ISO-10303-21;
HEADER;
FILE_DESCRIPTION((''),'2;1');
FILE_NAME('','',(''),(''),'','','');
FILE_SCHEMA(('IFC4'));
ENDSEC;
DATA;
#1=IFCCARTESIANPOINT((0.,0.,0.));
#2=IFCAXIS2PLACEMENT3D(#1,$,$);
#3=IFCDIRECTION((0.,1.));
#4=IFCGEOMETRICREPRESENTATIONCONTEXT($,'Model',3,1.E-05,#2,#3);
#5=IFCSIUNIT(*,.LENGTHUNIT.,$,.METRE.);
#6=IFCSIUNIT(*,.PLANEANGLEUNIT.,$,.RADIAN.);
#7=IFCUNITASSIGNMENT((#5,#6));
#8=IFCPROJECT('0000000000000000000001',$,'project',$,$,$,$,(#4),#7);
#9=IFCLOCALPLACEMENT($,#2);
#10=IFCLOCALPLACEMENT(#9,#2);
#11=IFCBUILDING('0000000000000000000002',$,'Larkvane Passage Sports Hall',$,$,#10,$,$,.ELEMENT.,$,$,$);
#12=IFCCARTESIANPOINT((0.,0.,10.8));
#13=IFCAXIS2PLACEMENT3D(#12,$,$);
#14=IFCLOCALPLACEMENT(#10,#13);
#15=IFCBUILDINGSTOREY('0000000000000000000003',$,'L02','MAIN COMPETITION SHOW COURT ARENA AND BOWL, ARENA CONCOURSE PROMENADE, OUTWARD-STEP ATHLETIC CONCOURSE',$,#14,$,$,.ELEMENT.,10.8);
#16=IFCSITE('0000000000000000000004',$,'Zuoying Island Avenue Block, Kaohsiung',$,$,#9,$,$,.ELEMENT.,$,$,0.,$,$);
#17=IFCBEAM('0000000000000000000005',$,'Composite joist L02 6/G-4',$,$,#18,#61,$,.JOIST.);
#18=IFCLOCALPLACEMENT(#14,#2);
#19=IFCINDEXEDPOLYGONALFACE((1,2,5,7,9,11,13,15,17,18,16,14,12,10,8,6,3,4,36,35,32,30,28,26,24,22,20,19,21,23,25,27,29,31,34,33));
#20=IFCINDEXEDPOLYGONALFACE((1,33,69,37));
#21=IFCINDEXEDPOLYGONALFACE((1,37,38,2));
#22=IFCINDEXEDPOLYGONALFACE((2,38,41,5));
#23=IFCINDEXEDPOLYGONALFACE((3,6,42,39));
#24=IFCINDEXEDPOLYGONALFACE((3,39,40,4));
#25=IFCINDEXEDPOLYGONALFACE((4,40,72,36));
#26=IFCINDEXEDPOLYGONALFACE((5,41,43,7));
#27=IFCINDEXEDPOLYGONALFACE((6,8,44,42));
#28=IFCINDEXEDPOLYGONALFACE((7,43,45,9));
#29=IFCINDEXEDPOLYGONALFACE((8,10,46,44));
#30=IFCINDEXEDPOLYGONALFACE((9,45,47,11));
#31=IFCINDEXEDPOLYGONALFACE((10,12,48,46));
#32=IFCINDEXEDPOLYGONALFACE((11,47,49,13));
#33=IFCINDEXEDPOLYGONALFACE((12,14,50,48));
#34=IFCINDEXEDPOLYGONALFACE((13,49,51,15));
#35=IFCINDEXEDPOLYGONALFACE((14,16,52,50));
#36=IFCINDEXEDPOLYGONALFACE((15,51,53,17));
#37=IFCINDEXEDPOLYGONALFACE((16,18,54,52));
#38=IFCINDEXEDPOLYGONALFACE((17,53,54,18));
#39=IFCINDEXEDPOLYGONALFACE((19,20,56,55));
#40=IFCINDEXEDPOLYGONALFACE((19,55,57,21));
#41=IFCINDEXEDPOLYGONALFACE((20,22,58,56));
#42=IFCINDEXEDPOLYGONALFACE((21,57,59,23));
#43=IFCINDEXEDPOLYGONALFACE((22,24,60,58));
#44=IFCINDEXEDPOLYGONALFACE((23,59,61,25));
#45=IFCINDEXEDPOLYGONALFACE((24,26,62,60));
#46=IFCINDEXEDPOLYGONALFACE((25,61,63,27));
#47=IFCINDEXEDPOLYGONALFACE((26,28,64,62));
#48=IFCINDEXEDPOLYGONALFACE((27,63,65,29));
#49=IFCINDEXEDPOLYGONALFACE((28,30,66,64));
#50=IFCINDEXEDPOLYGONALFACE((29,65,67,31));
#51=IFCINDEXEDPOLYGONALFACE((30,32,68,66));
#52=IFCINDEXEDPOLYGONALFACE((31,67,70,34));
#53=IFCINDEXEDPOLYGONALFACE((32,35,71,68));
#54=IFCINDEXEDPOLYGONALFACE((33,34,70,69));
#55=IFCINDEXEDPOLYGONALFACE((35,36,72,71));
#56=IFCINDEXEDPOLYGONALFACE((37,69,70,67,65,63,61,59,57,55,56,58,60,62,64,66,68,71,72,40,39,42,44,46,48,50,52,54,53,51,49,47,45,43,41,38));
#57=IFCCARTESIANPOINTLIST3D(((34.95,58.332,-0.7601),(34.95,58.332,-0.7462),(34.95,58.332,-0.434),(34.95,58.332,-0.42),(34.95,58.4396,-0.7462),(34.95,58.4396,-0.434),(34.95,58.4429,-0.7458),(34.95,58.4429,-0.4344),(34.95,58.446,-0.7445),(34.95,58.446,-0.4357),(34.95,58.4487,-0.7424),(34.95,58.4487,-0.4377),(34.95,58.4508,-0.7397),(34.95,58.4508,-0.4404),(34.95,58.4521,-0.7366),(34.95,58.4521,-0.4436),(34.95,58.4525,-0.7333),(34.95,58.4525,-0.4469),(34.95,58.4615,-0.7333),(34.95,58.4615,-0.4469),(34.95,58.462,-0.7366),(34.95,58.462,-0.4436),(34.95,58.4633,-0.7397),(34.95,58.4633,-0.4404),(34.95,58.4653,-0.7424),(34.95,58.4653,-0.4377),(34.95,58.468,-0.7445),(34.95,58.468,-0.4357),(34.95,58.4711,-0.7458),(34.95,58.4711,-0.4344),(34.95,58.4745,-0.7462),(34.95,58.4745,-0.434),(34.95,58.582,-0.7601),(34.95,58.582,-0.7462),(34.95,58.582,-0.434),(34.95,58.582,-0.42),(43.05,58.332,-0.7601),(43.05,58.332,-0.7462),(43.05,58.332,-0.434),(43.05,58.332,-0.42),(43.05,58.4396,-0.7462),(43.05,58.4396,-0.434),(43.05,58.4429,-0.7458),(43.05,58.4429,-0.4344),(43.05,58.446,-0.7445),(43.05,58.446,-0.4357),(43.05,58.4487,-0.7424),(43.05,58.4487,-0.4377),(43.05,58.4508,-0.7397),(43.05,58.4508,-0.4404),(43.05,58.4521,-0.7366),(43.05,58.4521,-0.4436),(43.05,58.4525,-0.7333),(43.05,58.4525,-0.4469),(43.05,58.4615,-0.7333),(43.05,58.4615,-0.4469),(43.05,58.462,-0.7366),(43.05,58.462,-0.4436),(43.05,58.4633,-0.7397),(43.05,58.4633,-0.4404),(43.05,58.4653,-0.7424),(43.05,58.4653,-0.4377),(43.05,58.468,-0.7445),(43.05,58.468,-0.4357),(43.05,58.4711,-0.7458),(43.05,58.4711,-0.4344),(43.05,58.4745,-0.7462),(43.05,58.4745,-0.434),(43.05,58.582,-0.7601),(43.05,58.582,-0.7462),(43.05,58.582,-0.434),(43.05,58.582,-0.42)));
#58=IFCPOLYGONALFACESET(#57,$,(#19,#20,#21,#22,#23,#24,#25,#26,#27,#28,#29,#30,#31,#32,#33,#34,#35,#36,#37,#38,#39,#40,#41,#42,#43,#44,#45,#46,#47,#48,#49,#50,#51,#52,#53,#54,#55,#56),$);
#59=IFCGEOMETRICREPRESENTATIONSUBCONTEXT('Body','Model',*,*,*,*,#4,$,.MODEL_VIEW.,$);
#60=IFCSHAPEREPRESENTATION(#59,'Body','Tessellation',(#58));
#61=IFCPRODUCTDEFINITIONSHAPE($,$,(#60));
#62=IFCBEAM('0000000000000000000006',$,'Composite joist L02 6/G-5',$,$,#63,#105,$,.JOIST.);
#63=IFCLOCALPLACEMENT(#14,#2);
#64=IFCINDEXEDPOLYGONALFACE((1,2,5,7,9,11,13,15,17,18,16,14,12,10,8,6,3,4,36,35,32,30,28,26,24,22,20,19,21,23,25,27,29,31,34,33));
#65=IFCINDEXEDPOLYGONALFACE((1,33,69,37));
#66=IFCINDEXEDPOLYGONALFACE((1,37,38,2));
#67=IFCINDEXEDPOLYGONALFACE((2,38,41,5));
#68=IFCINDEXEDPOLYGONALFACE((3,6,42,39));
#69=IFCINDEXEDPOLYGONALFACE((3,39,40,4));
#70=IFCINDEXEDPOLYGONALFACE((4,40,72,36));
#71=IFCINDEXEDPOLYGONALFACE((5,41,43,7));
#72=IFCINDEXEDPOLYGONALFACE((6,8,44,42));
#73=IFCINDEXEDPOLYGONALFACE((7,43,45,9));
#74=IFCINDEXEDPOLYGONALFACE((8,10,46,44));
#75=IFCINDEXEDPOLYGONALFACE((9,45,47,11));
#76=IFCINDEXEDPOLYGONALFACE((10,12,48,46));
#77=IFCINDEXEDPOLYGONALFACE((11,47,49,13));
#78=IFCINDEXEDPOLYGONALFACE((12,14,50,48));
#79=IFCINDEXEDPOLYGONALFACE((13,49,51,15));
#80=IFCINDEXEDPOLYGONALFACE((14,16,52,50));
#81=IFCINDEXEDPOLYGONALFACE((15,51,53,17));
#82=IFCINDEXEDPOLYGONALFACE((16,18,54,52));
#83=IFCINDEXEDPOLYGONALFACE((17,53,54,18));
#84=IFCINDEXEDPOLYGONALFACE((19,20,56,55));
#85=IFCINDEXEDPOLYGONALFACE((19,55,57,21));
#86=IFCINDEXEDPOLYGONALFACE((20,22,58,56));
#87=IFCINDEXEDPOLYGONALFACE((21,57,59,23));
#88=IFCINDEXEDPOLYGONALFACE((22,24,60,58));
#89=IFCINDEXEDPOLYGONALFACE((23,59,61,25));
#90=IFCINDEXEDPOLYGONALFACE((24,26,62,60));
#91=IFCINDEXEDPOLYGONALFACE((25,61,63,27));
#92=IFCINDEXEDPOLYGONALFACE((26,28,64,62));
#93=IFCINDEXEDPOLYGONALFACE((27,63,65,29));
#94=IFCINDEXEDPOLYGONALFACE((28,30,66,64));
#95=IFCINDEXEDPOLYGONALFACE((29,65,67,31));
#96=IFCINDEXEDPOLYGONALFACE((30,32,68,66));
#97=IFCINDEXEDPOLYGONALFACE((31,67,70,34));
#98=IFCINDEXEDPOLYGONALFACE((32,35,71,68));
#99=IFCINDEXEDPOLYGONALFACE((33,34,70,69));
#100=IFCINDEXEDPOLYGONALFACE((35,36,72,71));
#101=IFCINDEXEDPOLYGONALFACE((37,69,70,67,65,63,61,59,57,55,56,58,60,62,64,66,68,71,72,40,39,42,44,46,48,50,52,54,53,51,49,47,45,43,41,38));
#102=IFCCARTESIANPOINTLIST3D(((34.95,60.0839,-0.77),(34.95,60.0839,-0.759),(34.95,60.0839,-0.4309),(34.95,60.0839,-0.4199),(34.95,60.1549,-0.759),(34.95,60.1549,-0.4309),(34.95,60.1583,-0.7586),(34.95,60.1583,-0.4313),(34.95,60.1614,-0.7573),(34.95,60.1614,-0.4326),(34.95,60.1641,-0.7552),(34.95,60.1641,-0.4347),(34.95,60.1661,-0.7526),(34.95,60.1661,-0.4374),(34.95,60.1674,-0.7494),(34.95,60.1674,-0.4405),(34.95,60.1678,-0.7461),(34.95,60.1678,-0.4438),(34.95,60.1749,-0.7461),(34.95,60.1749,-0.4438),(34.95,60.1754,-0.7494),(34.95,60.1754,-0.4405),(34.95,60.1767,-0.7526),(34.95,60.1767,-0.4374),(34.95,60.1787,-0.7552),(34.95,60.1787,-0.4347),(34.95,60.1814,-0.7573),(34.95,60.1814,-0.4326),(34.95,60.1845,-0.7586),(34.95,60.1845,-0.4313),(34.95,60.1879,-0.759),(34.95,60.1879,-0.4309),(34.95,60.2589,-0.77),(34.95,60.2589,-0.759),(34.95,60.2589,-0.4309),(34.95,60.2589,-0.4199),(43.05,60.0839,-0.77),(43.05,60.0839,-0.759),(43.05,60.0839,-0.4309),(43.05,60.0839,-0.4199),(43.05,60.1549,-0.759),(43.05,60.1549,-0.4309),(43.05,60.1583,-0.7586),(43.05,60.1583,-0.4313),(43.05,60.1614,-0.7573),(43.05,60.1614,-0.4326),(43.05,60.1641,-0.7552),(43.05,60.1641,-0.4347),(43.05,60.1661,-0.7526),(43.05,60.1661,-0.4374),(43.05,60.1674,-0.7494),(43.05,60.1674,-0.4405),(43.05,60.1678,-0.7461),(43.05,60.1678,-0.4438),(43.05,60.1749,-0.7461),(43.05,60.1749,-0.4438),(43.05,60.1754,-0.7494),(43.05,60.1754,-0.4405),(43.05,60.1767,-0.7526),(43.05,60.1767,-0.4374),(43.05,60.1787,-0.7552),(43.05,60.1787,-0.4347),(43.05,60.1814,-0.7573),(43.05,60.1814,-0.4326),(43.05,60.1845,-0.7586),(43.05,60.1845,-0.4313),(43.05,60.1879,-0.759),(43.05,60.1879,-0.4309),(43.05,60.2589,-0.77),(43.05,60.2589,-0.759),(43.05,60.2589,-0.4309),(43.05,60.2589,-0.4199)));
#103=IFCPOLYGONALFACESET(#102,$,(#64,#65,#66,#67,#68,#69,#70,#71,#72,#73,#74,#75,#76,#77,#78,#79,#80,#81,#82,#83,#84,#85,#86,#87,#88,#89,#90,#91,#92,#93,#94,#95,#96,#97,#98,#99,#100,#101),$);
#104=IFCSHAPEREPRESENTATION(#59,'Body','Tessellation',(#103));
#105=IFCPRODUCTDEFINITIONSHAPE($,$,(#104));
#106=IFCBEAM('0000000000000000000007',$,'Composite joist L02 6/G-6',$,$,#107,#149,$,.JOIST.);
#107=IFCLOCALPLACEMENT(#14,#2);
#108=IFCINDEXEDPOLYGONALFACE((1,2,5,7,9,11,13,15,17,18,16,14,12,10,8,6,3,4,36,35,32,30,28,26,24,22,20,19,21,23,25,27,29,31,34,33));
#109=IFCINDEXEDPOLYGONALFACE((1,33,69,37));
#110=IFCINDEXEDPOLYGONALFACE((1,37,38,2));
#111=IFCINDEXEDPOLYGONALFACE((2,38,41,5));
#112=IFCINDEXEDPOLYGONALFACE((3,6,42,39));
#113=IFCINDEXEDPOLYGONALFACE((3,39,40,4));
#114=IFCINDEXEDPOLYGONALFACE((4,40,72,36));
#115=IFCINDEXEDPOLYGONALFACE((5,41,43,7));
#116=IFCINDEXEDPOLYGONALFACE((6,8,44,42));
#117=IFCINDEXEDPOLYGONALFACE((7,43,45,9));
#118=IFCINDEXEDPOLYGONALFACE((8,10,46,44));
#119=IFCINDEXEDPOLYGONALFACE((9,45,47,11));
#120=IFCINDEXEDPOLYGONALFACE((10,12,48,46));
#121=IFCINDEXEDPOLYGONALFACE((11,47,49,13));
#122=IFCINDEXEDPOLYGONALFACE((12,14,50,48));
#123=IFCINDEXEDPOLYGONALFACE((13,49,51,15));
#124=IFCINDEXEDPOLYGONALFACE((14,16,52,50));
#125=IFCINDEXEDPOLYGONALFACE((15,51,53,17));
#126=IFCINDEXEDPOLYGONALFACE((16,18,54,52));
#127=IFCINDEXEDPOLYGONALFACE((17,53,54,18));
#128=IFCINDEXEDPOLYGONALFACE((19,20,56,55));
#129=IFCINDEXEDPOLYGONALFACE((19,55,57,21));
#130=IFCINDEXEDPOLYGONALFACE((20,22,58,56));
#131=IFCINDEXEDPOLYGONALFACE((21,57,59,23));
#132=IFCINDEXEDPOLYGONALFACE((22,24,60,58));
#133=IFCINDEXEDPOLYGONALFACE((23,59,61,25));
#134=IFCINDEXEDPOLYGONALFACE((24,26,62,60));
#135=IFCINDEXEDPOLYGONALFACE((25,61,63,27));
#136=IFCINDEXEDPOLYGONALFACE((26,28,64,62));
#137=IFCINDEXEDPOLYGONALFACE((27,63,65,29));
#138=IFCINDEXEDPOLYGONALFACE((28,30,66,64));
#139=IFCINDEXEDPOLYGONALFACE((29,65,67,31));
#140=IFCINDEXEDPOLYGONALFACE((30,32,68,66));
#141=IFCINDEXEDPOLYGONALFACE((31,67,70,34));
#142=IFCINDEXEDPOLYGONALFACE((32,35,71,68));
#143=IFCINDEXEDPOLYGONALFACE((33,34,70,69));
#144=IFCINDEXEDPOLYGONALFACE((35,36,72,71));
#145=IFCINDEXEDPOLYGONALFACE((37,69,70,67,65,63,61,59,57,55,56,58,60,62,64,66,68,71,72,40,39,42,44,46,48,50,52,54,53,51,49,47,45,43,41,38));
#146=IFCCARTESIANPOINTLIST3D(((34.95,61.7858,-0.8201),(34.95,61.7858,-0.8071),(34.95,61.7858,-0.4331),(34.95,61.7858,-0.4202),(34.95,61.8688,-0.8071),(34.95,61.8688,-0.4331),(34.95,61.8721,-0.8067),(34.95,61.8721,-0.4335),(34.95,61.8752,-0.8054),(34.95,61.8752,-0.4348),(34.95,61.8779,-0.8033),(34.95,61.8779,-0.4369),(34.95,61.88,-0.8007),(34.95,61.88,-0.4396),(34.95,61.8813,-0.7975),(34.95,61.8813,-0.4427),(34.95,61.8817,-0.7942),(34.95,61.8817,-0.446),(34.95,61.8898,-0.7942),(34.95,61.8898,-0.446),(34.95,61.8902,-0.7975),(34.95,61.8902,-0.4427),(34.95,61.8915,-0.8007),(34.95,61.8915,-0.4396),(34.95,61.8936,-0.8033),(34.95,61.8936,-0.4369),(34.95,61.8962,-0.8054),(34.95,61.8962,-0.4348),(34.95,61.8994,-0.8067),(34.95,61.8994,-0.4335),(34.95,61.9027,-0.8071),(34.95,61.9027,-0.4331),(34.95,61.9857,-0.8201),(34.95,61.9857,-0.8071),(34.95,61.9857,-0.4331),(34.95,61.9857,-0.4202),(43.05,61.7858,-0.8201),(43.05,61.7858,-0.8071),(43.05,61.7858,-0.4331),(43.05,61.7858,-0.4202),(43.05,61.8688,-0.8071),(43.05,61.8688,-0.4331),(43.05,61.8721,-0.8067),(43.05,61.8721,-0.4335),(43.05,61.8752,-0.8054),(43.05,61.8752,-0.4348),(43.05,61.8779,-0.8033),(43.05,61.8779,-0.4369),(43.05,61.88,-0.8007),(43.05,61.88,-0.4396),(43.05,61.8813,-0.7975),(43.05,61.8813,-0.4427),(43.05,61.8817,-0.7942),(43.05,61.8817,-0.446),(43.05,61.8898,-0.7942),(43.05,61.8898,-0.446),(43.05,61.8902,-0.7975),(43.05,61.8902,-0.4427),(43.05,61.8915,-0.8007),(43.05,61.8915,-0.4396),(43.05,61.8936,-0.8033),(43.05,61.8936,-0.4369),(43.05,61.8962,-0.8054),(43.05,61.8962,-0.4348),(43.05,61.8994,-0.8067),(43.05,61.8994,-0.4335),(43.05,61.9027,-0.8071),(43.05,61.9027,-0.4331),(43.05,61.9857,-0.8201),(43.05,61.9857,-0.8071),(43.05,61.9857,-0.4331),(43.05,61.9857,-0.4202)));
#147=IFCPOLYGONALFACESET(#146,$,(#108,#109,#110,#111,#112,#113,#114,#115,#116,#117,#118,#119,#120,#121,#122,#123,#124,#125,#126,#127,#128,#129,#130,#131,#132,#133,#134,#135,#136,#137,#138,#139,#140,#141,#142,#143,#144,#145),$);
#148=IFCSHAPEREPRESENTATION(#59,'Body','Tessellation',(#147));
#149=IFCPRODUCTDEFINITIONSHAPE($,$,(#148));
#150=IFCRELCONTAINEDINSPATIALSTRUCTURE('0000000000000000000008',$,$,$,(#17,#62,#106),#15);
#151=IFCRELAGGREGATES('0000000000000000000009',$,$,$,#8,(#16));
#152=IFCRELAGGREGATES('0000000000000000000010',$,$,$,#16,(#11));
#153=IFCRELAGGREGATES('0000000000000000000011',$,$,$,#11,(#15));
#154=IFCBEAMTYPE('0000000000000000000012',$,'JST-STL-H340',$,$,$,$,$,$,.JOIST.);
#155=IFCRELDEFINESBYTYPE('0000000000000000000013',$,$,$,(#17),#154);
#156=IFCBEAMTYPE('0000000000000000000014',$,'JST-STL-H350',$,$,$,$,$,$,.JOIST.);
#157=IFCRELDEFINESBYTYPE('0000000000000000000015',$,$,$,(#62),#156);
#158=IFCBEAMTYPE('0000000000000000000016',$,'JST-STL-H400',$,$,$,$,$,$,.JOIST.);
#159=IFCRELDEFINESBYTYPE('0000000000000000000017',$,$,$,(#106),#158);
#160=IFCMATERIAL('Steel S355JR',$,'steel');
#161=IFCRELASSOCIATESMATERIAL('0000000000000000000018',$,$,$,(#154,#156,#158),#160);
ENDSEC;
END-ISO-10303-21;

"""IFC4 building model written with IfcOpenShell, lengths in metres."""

from ifc_helpers import new_model, si_unit, direction, frame, origin, origin_2d, place, context, subcontext, project, spatial, i_section, extrude, material, material_profile, profile_set, type_object, element, save


model = new_model("IFC4")

# Units and contexts
model_context = context("Model", 3, precision=1e-05, world=origin(), true_north=direction((0.0, 1.0)))
body_context = subcontext(model_context, "Body", "Model", "MODEL_VIEW")
ifc_project = project(units=[si_unit("LENGTHUNIT", "METRE"), si_unit("PLANEANGLEUNIT", "RADIAN")], contexts=[model_context])

# Site, building, storey
site_placement = place(None, origin())
site = spatial("IfcSite", under=ifc_project, at=site_placement, Name="Zuoying Island Avenue Block, Kaohsiung", CompositionType="ELEMENT", RefElevation=0.0)
building_placement = place(site_placement, origin())
building = spatial("IfcBuilding", under=site, at=building_placement, Name="Larkvane Passage Sports Hall", CompositionType="ELEMENT")
storey_placement = place(building_placement, frame((0.0, 0.0, 10.8)))
storey = spatial("IfcBuildingStorey", under=building, at=storey_placement, Name="L02", Description="MAIN COMPETITION SHOW COURT ARENA AND BOWL, ARENA CONCOURSE PROMENADE, OUTWARD-STEP ATHLETIC CONCOURSE", CompositionType="ELEMENT", Elevation=10.8)

# Beams
ifc_material_1 = material(Name="Steel S355JR", Category="steel")
ifc_material_profile_1 = material_profile(ifc_material_1, i_section(OverallWidth=0.25, OverallDepth=0.3401, WebThickness=0.009, FlangeThickness=0.0139, FilletRadius=0.0129, at=origin_2d()), Name="H-340x250x9x14")
ifc_profile_set_1 = profile_set([ifc_material_profile_1], Name="Steel S355JR")
beam_type_1 = type_object("IfcBeamType", Name="JST-STL-H340", PredefinedType="JOIST", material=ifc_profile_set_1)
beam_1_placement = place(storey_placement, frame((34.95, 58.457, -0.5901), z_axis=(1.0, 0.0, 0.0), x_axis=(0.0, 1.0, 0.0)))
element("IfcBeam", 1, at=beam_1_placement, inside=storey, type_object=beam_type_1, Name="Composite joist L02 6/G-4", PredefinedType="JOIST", context=body_context, shape_type="SweptSolid", body=[
    extrude(i_section(OverallWidth=0.25, OverallDepth=0.3401, WebThickness=0.009, FlangeThickness=0.0139, FilletRadius=0.0129, at=origin_2d()), origin(), (0.0, 0.0, 1.0), 8.1001),
])
ifc_material_profile_2 = material_profile(ifc_material_1, i_section(OverallWidth=0.175, OverallDepth=0.3501, WebThickness=0.0071, FlangeThickness=0.011, FilletRadius=0.0129, at=origin_2d()), Name="H-350x175x7x11")
ifc_profile_set_2 = profile_set([ifc_material_profile_2], Name="Steel S355JR")
beam_type_2 = type_object("IfcBeamType", Name="JST-STL-H350", PredefinedType="JOIST", material=ifc_profile_set_2)
beam_2_placement = place(storey_placement, frame((34.95, 60.1714, -0.595), z_axis=(1.0, 0.0, 0.0), x_axis=(0.0, 1.0, 0.0)))
element("IfcBeam", 2, at=beam_2_placement, inside=storey, type_object=beam_type_2, Name="Composite joist L02 6/G-5", PredefinedType="JOIST", context=body_context, shape_type="SweptSolid", body=[
    extrude(i_section(OverallWidth=0.175, OverallDepth=0.3501, WebThickness=0.0071, FlangeThickness=0.011, FilletRadius=0.0129, at=origin_2d()), origin(), (0.0, 0.0, 1.0), 8.1001),
])
ifc_material_profile_3 = material_profile(ifc_material_1, i_section(OverallWidth=0.2, OverallDepth=0.3999, WebThickness=0.0081, FlangeThickness=0.0129, FilletRadius=0.0129, at=origin_2d()), Name="H-400x200x8x13")
ifc_profile_set_3 = profile_set([ifc_material_profile_3], Name="Steel S355JR")
beam_type_3 = type_object("IfcBeamType", Name="JST-STL-H400", PredefinedType="JOIST", material=ifc_profile_set_3)
beam_3_placement = place(storey_placement, frame((34.95, 61.8857, -0.6201), z_axis=(1.0, 0.0, 0.0), x_axis=(0.0, 1.0, 0.0)))
element("IfcBeam", 3, at=beam_3_placement, inside=storey, type_object=beam_type_3, Name="Composite joist L02 6/G-6", PredefinedType="JOIST", context=body_context, shape_type="SweptSolid", body=[
    extrude(i_section(OverallWidth=0.2, OverallDepth=0.3999, WebThickness=0.0081, FlangeThickness=0.0129, FilletRadius=0.0129, at=origin_2d()), origin(), (0.0, 0.0, 1.0), 8.1001),
])

save(model, "model.ifc")
